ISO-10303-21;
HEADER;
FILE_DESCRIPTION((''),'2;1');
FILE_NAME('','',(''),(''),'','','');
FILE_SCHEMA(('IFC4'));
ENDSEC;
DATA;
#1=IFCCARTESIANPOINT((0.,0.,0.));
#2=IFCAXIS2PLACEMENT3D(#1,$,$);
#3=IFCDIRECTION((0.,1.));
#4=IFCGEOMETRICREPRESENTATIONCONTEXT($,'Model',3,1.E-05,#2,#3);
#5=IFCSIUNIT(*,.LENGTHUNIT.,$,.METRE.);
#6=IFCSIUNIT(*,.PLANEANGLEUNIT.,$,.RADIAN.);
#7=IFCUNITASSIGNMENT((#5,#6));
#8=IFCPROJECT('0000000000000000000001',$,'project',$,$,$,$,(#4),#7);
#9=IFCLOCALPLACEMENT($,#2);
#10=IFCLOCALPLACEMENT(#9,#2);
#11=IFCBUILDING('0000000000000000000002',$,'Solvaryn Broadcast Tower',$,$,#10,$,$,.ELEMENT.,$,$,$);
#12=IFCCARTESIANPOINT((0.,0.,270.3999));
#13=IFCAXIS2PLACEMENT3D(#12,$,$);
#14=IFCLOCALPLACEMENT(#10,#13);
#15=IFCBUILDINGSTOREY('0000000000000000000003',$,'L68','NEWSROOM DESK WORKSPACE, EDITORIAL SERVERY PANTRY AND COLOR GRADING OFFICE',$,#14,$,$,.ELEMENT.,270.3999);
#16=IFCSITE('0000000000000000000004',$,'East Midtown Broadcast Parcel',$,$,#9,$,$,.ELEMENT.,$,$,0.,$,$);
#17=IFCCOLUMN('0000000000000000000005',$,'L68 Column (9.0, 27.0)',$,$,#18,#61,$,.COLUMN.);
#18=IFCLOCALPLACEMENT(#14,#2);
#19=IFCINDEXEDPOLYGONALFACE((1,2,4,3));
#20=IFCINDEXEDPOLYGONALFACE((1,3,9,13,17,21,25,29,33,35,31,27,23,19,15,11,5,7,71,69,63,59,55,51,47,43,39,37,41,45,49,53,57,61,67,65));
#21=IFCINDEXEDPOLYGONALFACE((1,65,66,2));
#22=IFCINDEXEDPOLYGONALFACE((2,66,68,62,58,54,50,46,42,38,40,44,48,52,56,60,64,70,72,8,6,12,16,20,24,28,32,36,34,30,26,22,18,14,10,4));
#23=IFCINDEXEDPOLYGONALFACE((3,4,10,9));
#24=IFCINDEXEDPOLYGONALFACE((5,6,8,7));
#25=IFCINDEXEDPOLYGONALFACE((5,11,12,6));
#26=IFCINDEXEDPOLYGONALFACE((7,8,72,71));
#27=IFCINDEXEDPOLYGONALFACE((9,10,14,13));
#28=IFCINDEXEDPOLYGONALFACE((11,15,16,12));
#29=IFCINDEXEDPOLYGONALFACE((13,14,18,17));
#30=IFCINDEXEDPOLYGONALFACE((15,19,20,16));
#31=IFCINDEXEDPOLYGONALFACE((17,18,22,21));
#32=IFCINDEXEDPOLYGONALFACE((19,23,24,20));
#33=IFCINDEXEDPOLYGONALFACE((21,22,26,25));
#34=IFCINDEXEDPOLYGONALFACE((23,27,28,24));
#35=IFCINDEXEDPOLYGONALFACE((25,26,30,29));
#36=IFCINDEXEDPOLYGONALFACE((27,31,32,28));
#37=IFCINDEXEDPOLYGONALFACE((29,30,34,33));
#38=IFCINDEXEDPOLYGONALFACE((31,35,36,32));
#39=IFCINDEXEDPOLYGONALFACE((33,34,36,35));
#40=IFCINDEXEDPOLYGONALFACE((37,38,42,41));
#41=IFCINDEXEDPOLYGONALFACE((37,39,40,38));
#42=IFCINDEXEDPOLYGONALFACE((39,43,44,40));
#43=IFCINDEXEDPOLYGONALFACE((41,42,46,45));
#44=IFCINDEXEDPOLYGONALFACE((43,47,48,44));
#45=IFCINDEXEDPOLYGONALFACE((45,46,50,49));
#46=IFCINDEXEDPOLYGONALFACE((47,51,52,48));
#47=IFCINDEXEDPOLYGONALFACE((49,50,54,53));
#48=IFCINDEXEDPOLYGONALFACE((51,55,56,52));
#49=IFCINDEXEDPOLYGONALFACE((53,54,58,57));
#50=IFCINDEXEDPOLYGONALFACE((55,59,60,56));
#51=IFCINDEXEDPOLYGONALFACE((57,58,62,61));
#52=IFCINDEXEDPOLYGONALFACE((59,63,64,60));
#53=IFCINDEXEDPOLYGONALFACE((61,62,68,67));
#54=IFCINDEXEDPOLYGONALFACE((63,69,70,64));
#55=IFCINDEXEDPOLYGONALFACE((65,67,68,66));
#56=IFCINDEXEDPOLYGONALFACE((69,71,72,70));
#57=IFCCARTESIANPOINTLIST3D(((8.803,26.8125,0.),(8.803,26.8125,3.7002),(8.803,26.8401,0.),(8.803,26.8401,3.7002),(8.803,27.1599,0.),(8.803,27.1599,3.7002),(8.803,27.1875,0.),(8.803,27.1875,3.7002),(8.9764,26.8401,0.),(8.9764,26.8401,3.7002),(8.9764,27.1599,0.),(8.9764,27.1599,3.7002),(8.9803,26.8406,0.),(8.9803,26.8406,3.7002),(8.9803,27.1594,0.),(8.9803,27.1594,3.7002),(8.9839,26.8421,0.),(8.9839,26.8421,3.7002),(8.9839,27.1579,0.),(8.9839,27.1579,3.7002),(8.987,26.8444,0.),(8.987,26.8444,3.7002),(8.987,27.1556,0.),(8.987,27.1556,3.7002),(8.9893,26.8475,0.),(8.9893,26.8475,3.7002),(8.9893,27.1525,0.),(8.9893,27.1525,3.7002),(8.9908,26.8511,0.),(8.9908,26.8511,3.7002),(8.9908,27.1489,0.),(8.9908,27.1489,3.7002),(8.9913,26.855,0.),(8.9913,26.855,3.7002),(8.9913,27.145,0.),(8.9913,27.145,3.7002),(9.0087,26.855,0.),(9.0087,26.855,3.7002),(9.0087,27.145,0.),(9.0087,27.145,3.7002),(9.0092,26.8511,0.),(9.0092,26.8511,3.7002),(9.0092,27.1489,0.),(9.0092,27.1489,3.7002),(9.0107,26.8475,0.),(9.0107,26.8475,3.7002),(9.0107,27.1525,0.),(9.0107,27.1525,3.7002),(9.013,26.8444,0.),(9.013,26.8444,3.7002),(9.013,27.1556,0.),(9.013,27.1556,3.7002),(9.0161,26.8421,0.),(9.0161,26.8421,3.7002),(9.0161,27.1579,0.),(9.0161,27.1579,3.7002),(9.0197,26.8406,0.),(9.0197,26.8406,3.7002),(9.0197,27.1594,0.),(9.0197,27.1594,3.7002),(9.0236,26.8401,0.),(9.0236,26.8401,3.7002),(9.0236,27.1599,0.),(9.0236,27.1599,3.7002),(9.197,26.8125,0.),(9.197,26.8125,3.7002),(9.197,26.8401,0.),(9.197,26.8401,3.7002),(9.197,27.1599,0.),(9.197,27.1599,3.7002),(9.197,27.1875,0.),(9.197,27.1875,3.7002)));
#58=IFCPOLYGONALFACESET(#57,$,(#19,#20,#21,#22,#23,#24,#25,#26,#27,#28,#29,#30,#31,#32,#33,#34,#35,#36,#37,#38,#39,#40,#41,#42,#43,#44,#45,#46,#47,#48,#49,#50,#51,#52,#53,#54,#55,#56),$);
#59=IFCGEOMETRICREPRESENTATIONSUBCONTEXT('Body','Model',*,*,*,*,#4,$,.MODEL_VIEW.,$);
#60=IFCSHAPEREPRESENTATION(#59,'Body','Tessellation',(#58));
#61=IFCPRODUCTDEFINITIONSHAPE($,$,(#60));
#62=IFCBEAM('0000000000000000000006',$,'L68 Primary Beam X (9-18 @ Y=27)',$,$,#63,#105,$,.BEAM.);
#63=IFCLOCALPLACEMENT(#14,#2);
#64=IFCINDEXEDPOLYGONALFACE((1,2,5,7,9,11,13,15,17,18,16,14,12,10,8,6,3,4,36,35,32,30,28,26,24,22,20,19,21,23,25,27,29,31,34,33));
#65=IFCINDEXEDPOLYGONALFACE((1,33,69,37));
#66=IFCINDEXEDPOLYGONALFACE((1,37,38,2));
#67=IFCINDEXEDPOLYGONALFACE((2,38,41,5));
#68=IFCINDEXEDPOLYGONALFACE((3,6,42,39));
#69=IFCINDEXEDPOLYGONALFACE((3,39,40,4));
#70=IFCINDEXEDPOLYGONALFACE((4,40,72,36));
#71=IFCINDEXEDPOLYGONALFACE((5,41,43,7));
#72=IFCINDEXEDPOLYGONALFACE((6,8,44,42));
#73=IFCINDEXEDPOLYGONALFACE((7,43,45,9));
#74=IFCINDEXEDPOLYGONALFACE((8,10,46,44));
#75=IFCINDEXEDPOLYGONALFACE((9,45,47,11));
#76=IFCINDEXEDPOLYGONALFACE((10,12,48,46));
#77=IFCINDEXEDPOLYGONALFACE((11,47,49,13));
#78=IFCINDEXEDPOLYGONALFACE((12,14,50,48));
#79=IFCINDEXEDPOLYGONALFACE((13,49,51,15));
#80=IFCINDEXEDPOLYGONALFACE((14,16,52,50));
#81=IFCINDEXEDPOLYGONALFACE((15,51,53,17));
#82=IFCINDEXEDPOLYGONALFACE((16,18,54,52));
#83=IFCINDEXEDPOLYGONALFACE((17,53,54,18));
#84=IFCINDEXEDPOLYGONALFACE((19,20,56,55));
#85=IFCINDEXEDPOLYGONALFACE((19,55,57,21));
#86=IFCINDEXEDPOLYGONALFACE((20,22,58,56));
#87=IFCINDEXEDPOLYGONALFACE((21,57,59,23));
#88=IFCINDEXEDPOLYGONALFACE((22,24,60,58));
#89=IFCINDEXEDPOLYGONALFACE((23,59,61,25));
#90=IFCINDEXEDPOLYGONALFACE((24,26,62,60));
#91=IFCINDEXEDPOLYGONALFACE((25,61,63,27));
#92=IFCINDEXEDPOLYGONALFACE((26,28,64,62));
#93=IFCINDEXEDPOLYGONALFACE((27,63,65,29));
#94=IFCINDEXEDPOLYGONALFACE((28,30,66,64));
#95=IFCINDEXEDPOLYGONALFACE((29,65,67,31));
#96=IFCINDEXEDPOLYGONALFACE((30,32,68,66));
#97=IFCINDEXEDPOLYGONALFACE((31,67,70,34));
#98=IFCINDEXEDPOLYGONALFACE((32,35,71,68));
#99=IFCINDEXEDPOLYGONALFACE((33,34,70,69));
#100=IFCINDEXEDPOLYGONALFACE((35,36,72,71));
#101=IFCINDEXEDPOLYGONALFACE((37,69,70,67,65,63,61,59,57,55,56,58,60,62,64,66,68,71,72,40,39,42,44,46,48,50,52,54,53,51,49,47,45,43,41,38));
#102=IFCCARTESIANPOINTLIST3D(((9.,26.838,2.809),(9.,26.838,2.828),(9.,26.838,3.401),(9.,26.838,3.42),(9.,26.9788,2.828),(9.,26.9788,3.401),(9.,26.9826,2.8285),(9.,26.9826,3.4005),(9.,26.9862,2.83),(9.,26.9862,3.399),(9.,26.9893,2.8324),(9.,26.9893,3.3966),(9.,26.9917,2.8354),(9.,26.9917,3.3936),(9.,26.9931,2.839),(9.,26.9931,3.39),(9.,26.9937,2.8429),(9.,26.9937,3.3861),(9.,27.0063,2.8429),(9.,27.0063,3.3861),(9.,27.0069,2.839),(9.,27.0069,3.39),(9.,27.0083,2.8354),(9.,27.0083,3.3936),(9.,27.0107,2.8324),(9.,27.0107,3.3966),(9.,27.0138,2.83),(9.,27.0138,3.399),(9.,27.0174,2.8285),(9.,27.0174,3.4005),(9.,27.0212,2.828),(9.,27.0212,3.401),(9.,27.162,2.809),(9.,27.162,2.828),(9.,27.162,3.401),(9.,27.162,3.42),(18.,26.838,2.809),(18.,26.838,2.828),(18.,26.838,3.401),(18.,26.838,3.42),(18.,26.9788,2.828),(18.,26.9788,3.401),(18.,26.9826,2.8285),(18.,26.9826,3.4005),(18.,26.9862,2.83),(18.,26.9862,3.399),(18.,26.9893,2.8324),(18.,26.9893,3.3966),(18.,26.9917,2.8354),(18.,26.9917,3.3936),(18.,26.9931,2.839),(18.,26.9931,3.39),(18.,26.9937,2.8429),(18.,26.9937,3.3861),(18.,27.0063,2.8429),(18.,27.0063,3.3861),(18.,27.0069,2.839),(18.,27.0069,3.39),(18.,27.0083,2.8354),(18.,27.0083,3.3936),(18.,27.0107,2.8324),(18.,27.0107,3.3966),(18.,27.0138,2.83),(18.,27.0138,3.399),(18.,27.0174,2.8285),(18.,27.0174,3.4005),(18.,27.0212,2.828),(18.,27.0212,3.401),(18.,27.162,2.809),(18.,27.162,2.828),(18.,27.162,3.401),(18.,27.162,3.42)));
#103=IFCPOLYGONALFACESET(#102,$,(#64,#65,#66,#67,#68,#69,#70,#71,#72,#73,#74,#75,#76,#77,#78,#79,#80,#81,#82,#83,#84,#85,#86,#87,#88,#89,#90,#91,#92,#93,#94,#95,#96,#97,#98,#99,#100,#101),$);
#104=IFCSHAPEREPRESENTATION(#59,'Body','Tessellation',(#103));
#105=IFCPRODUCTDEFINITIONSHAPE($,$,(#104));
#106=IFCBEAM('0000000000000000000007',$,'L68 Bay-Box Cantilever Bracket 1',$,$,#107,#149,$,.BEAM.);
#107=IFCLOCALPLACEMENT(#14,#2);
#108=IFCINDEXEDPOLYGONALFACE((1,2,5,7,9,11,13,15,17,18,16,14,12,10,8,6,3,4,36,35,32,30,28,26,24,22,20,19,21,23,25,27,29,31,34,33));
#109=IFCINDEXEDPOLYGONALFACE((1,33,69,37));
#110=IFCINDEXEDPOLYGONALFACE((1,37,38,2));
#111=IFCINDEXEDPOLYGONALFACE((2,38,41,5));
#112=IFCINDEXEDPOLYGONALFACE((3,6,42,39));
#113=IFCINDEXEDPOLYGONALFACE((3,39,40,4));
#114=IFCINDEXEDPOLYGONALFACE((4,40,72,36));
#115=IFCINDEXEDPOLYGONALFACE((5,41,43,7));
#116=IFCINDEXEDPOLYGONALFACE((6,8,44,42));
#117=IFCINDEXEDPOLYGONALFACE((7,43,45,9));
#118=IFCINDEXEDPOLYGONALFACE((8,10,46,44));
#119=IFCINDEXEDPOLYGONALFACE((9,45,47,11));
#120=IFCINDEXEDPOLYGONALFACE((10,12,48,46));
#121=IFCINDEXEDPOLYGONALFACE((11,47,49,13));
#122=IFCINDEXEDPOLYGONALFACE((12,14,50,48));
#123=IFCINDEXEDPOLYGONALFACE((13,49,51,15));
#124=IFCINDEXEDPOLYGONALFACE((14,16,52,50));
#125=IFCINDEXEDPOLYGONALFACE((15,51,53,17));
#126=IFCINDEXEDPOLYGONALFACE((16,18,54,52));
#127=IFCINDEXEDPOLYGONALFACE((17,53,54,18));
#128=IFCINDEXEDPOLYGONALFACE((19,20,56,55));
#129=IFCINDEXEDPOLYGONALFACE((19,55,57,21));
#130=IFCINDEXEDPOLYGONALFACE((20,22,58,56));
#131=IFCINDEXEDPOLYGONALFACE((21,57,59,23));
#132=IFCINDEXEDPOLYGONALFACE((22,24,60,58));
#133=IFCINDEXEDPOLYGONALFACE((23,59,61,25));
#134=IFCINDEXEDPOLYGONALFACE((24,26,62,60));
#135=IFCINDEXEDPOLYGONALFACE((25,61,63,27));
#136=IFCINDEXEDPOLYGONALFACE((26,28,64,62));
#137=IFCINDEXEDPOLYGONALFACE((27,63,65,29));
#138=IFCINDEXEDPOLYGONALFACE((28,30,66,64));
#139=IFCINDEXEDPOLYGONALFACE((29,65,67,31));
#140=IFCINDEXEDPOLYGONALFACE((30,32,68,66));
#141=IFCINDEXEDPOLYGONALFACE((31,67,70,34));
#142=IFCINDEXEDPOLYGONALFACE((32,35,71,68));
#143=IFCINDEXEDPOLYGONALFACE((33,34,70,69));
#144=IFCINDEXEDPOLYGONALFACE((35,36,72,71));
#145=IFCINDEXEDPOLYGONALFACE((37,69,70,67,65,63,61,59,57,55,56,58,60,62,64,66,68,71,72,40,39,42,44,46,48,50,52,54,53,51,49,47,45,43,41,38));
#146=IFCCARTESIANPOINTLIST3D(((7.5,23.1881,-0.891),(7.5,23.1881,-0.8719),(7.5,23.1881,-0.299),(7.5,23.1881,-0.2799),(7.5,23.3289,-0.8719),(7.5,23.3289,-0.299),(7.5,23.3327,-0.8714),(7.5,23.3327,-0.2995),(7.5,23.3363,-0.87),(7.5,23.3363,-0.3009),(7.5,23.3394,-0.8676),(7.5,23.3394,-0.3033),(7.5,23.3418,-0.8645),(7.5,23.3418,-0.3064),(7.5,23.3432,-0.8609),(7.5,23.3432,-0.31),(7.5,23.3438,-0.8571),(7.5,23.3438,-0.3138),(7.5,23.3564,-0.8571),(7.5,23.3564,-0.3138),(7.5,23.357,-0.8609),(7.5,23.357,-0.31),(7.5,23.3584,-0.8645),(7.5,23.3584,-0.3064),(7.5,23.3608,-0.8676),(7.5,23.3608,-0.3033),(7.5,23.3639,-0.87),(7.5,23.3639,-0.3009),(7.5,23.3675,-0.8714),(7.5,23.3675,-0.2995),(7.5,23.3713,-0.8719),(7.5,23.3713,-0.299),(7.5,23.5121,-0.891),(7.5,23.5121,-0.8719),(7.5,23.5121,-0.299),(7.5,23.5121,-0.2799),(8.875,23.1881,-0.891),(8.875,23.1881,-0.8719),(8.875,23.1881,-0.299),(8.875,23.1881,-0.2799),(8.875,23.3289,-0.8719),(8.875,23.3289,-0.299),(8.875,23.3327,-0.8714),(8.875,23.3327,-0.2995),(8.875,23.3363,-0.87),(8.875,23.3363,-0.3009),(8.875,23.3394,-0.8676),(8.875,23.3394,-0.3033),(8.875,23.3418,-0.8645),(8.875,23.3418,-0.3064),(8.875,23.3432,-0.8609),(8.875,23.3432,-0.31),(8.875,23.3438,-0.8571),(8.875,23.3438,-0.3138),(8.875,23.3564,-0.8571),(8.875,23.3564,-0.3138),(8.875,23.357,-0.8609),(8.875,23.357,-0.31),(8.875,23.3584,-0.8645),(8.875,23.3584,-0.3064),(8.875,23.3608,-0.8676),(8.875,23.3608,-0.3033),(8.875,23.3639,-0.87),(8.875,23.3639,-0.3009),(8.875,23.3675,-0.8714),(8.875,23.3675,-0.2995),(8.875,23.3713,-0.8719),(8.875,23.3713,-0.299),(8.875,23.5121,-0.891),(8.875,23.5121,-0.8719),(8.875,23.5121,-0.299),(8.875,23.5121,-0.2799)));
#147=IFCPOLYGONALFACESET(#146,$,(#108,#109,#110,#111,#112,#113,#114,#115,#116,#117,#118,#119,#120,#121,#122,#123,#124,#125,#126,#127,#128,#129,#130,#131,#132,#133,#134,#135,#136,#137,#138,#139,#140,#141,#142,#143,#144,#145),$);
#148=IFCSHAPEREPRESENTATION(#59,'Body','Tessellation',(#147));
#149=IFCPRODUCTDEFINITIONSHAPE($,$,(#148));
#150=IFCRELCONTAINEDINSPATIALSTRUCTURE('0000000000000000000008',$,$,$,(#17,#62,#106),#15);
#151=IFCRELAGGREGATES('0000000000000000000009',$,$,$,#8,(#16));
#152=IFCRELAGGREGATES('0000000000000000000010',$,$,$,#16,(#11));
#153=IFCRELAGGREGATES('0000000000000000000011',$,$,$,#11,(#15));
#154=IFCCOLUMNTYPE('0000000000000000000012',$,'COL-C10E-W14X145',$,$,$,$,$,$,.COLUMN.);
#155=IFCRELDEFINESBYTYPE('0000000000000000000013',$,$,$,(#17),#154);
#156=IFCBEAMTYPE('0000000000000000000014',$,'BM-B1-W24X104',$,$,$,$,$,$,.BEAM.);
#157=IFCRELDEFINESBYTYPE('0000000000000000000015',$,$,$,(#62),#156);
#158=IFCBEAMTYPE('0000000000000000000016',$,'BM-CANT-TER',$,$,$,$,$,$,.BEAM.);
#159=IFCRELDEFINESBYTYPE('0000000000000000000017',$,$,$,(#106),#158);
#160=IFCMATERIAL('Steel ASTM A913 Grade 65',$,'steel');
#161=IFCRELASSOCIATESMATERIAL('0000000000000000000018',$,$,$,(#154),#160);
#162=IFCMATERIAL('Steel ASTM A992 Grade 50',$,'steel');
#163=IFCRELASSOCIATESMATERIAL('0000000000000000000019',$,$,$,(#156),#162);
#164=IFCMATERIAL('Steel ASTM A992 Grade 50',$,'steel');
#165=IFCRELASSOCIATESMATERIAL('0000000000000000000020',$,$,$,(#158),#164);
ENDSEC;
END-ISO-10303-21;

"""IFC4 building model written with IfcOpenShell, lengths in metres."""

from ifc_helpers import new_model, si_unit, direction, frame, origin, origin_2d, place, context, subcontext, project, spatial, i_section, extrude, material, material_profile, profile_set, type_object, element, save


model = new_model("IFC4")

# Units and contexts
model_context = context("Model", 3, precision=1e-05, world=origin(), true_north=direction((0.0, 1.0)))
body_context = subcontext(model_context, "Body", "Model", "MODEL_VIEW")
ifc_project = project(units=[si_unit("LENGTHUNIT", "METRE"), si_unit("PLANEANGLEUNIT", "RADIAN")], contexts=[model_context])

# Site, building, storey
site_placement = place(None, origin())
site = spatial("IfcSite", under=ifc_project, at=site_placement, Name="East Midtown Broadcast Parcel", CompositionType="ELEMENT", RefElevation=0.0)
building_placement = place(site_placement, origin())
building = spatial("IfcBuilding", under=site, at=building_placement, Name="Solvaryn Broadcast Tower", CompositionType="ELEMENT")
storey_placement = place(building_placement, frame((0.0, 0.0, 270.3999)))
storey = spatial("IfcBuildingStorey", under=building, at=storey_placement, Name="L68", Description="NEWSROOM DESK WORKSPACE, EDITORIAL SERVERY PANTRY AND COLOR GRADING OFFICE", CompositionType="ELEMENT", Elevation=270.3999)

# Column
ifc_material_1 = material(Name="Steel ASTM A913 Grade 65", Category="steel")
ifc_material_profile_1 = material_profile(ifc_material_1, i_section(OverallWidth=0.394, OverallDepth=0.375, WebThickness=0.0173, FlangeThickness=0.0276, FilletRadius=0.0149, at=origin_2d()))
ifc_profile_set_1 = profile_set([ifc_material_profile_1], Name="Steel ASTM A913 Grade 65")
column_type = type_object("IfcColumnType", Name="COL-C10E-W14X145", PredefinedType="COLUMN", material=ifc_profile_set_1)
column_placement = place(storey_placement, frame((9.0, 27.0, 0.0), z_axis=(0.0, 0.0, 1.0), x_axis=(1.0, 0.0, 0.0)))
element("IfcColumn", 1, at=column_placement, inside=storey, type_object=column_type, Name="L68 Column (9.0, 27.0)", PredefinedType="COLUMN", context=body_context, shape_type="SweptSolid", body=[
    extrude(i_section(OverallWidth=0.394, OverallDepth=0.375, WebThickness=0.0173, FlangeThickness=0.0276, FilletRadius=0.0149, at=origin_2d()), origin(), (0.0, 0.0, 1.0), 3.7002),
])

# Beams
ifc_material_2 = material(Name="Steel ASTM A992 Grade 50", Category="steel")
ifc_material_profile_2 = material_profile(ifc_material_2, i_section(OverallWidth=0.324, OverallDepth=0.6111, WebThickness=0.0127, FlangeThickness=0.019, FilletRadius=0.0149, at=origin_2d()))
ifc_profile_set_2 = profile_set([ifc_material_profile_2], Name="Steel ASTM A992 Grade 50")
beam_type_1 = type_object("IfcBeamType", Name="BM-B1-W24X104", PredefinedType="BEAM", material=ifc_profile_set_2)
beam_1_placement = place(storey_placement, frame((9.0, 27.0, 3.1145), z_axis=(1.0, 0.0, 0.0), x_axis=(0.0, 1.0, 0.0)))
element("IfcBeam", 2, at=beam_1_placement, inside=storey, type_object=beam_type_1, Name="L68 Primary Beam X (9-18 @ Y=27)", PredefinedType="BEAM", context=body_context, shape_type="SweptSolid", body=[
    extrude(i_section(OverallWidth=0.324, OverallDepth=0.6111, WebThickness=0.0127, FlangeThickness=0.019, FilletRadius=0.0149, at=origin_2d()), origin(), (0.0, 0.0, 1.0), 9.0),
])
ifc_material_3 = material(Name="Steel ASTM A992 Grade 50", Category="steel")
ifc_material_profile_3 = material_profile(ifc_material_3, i_section(OverallWidth=0.324, OverallDepth=0.6111, WebThickness=0.0127, FlangeThickness=0.019, FilletRadius=0.0149, at=origin_2d()))
ifc_profile_set_3 = profile_set([ifc_material_profile_3], Name="Steel ASTM A992 Grade 50")
beam_type_2 = type_object("IfcBeamType", Name="BM-CANT-TER", PredefinedType="BEAM", material=ifc_profile_set_3)
beam_2_placement = place(storey_placement, frame((8.875, 23.3501, -0.5854), z_axis=(-1.0, 0.0, 0.0), x_axis=(0.0, -1.0, 0.0)))
element("IfcBeam", 3, at=beam_2_placement, inside=storey, type_object=beam_type_2, Name="L68 Bay-Box Cantilever Bracket 1", PredefinedType="BEAM", context=body_context, shape_type="SweptSolid", body=[
    extrude(i_section(OverallWidth=0.324, OverallDepth=0.6111, WebThickness=0.0127, FlangeThickness=0.019, FilletRadius=0.0149, at=origin_2d()), origin(), (0.0, 0.0, 1.0), 1.375),
])

save(model, "model.ifc")
